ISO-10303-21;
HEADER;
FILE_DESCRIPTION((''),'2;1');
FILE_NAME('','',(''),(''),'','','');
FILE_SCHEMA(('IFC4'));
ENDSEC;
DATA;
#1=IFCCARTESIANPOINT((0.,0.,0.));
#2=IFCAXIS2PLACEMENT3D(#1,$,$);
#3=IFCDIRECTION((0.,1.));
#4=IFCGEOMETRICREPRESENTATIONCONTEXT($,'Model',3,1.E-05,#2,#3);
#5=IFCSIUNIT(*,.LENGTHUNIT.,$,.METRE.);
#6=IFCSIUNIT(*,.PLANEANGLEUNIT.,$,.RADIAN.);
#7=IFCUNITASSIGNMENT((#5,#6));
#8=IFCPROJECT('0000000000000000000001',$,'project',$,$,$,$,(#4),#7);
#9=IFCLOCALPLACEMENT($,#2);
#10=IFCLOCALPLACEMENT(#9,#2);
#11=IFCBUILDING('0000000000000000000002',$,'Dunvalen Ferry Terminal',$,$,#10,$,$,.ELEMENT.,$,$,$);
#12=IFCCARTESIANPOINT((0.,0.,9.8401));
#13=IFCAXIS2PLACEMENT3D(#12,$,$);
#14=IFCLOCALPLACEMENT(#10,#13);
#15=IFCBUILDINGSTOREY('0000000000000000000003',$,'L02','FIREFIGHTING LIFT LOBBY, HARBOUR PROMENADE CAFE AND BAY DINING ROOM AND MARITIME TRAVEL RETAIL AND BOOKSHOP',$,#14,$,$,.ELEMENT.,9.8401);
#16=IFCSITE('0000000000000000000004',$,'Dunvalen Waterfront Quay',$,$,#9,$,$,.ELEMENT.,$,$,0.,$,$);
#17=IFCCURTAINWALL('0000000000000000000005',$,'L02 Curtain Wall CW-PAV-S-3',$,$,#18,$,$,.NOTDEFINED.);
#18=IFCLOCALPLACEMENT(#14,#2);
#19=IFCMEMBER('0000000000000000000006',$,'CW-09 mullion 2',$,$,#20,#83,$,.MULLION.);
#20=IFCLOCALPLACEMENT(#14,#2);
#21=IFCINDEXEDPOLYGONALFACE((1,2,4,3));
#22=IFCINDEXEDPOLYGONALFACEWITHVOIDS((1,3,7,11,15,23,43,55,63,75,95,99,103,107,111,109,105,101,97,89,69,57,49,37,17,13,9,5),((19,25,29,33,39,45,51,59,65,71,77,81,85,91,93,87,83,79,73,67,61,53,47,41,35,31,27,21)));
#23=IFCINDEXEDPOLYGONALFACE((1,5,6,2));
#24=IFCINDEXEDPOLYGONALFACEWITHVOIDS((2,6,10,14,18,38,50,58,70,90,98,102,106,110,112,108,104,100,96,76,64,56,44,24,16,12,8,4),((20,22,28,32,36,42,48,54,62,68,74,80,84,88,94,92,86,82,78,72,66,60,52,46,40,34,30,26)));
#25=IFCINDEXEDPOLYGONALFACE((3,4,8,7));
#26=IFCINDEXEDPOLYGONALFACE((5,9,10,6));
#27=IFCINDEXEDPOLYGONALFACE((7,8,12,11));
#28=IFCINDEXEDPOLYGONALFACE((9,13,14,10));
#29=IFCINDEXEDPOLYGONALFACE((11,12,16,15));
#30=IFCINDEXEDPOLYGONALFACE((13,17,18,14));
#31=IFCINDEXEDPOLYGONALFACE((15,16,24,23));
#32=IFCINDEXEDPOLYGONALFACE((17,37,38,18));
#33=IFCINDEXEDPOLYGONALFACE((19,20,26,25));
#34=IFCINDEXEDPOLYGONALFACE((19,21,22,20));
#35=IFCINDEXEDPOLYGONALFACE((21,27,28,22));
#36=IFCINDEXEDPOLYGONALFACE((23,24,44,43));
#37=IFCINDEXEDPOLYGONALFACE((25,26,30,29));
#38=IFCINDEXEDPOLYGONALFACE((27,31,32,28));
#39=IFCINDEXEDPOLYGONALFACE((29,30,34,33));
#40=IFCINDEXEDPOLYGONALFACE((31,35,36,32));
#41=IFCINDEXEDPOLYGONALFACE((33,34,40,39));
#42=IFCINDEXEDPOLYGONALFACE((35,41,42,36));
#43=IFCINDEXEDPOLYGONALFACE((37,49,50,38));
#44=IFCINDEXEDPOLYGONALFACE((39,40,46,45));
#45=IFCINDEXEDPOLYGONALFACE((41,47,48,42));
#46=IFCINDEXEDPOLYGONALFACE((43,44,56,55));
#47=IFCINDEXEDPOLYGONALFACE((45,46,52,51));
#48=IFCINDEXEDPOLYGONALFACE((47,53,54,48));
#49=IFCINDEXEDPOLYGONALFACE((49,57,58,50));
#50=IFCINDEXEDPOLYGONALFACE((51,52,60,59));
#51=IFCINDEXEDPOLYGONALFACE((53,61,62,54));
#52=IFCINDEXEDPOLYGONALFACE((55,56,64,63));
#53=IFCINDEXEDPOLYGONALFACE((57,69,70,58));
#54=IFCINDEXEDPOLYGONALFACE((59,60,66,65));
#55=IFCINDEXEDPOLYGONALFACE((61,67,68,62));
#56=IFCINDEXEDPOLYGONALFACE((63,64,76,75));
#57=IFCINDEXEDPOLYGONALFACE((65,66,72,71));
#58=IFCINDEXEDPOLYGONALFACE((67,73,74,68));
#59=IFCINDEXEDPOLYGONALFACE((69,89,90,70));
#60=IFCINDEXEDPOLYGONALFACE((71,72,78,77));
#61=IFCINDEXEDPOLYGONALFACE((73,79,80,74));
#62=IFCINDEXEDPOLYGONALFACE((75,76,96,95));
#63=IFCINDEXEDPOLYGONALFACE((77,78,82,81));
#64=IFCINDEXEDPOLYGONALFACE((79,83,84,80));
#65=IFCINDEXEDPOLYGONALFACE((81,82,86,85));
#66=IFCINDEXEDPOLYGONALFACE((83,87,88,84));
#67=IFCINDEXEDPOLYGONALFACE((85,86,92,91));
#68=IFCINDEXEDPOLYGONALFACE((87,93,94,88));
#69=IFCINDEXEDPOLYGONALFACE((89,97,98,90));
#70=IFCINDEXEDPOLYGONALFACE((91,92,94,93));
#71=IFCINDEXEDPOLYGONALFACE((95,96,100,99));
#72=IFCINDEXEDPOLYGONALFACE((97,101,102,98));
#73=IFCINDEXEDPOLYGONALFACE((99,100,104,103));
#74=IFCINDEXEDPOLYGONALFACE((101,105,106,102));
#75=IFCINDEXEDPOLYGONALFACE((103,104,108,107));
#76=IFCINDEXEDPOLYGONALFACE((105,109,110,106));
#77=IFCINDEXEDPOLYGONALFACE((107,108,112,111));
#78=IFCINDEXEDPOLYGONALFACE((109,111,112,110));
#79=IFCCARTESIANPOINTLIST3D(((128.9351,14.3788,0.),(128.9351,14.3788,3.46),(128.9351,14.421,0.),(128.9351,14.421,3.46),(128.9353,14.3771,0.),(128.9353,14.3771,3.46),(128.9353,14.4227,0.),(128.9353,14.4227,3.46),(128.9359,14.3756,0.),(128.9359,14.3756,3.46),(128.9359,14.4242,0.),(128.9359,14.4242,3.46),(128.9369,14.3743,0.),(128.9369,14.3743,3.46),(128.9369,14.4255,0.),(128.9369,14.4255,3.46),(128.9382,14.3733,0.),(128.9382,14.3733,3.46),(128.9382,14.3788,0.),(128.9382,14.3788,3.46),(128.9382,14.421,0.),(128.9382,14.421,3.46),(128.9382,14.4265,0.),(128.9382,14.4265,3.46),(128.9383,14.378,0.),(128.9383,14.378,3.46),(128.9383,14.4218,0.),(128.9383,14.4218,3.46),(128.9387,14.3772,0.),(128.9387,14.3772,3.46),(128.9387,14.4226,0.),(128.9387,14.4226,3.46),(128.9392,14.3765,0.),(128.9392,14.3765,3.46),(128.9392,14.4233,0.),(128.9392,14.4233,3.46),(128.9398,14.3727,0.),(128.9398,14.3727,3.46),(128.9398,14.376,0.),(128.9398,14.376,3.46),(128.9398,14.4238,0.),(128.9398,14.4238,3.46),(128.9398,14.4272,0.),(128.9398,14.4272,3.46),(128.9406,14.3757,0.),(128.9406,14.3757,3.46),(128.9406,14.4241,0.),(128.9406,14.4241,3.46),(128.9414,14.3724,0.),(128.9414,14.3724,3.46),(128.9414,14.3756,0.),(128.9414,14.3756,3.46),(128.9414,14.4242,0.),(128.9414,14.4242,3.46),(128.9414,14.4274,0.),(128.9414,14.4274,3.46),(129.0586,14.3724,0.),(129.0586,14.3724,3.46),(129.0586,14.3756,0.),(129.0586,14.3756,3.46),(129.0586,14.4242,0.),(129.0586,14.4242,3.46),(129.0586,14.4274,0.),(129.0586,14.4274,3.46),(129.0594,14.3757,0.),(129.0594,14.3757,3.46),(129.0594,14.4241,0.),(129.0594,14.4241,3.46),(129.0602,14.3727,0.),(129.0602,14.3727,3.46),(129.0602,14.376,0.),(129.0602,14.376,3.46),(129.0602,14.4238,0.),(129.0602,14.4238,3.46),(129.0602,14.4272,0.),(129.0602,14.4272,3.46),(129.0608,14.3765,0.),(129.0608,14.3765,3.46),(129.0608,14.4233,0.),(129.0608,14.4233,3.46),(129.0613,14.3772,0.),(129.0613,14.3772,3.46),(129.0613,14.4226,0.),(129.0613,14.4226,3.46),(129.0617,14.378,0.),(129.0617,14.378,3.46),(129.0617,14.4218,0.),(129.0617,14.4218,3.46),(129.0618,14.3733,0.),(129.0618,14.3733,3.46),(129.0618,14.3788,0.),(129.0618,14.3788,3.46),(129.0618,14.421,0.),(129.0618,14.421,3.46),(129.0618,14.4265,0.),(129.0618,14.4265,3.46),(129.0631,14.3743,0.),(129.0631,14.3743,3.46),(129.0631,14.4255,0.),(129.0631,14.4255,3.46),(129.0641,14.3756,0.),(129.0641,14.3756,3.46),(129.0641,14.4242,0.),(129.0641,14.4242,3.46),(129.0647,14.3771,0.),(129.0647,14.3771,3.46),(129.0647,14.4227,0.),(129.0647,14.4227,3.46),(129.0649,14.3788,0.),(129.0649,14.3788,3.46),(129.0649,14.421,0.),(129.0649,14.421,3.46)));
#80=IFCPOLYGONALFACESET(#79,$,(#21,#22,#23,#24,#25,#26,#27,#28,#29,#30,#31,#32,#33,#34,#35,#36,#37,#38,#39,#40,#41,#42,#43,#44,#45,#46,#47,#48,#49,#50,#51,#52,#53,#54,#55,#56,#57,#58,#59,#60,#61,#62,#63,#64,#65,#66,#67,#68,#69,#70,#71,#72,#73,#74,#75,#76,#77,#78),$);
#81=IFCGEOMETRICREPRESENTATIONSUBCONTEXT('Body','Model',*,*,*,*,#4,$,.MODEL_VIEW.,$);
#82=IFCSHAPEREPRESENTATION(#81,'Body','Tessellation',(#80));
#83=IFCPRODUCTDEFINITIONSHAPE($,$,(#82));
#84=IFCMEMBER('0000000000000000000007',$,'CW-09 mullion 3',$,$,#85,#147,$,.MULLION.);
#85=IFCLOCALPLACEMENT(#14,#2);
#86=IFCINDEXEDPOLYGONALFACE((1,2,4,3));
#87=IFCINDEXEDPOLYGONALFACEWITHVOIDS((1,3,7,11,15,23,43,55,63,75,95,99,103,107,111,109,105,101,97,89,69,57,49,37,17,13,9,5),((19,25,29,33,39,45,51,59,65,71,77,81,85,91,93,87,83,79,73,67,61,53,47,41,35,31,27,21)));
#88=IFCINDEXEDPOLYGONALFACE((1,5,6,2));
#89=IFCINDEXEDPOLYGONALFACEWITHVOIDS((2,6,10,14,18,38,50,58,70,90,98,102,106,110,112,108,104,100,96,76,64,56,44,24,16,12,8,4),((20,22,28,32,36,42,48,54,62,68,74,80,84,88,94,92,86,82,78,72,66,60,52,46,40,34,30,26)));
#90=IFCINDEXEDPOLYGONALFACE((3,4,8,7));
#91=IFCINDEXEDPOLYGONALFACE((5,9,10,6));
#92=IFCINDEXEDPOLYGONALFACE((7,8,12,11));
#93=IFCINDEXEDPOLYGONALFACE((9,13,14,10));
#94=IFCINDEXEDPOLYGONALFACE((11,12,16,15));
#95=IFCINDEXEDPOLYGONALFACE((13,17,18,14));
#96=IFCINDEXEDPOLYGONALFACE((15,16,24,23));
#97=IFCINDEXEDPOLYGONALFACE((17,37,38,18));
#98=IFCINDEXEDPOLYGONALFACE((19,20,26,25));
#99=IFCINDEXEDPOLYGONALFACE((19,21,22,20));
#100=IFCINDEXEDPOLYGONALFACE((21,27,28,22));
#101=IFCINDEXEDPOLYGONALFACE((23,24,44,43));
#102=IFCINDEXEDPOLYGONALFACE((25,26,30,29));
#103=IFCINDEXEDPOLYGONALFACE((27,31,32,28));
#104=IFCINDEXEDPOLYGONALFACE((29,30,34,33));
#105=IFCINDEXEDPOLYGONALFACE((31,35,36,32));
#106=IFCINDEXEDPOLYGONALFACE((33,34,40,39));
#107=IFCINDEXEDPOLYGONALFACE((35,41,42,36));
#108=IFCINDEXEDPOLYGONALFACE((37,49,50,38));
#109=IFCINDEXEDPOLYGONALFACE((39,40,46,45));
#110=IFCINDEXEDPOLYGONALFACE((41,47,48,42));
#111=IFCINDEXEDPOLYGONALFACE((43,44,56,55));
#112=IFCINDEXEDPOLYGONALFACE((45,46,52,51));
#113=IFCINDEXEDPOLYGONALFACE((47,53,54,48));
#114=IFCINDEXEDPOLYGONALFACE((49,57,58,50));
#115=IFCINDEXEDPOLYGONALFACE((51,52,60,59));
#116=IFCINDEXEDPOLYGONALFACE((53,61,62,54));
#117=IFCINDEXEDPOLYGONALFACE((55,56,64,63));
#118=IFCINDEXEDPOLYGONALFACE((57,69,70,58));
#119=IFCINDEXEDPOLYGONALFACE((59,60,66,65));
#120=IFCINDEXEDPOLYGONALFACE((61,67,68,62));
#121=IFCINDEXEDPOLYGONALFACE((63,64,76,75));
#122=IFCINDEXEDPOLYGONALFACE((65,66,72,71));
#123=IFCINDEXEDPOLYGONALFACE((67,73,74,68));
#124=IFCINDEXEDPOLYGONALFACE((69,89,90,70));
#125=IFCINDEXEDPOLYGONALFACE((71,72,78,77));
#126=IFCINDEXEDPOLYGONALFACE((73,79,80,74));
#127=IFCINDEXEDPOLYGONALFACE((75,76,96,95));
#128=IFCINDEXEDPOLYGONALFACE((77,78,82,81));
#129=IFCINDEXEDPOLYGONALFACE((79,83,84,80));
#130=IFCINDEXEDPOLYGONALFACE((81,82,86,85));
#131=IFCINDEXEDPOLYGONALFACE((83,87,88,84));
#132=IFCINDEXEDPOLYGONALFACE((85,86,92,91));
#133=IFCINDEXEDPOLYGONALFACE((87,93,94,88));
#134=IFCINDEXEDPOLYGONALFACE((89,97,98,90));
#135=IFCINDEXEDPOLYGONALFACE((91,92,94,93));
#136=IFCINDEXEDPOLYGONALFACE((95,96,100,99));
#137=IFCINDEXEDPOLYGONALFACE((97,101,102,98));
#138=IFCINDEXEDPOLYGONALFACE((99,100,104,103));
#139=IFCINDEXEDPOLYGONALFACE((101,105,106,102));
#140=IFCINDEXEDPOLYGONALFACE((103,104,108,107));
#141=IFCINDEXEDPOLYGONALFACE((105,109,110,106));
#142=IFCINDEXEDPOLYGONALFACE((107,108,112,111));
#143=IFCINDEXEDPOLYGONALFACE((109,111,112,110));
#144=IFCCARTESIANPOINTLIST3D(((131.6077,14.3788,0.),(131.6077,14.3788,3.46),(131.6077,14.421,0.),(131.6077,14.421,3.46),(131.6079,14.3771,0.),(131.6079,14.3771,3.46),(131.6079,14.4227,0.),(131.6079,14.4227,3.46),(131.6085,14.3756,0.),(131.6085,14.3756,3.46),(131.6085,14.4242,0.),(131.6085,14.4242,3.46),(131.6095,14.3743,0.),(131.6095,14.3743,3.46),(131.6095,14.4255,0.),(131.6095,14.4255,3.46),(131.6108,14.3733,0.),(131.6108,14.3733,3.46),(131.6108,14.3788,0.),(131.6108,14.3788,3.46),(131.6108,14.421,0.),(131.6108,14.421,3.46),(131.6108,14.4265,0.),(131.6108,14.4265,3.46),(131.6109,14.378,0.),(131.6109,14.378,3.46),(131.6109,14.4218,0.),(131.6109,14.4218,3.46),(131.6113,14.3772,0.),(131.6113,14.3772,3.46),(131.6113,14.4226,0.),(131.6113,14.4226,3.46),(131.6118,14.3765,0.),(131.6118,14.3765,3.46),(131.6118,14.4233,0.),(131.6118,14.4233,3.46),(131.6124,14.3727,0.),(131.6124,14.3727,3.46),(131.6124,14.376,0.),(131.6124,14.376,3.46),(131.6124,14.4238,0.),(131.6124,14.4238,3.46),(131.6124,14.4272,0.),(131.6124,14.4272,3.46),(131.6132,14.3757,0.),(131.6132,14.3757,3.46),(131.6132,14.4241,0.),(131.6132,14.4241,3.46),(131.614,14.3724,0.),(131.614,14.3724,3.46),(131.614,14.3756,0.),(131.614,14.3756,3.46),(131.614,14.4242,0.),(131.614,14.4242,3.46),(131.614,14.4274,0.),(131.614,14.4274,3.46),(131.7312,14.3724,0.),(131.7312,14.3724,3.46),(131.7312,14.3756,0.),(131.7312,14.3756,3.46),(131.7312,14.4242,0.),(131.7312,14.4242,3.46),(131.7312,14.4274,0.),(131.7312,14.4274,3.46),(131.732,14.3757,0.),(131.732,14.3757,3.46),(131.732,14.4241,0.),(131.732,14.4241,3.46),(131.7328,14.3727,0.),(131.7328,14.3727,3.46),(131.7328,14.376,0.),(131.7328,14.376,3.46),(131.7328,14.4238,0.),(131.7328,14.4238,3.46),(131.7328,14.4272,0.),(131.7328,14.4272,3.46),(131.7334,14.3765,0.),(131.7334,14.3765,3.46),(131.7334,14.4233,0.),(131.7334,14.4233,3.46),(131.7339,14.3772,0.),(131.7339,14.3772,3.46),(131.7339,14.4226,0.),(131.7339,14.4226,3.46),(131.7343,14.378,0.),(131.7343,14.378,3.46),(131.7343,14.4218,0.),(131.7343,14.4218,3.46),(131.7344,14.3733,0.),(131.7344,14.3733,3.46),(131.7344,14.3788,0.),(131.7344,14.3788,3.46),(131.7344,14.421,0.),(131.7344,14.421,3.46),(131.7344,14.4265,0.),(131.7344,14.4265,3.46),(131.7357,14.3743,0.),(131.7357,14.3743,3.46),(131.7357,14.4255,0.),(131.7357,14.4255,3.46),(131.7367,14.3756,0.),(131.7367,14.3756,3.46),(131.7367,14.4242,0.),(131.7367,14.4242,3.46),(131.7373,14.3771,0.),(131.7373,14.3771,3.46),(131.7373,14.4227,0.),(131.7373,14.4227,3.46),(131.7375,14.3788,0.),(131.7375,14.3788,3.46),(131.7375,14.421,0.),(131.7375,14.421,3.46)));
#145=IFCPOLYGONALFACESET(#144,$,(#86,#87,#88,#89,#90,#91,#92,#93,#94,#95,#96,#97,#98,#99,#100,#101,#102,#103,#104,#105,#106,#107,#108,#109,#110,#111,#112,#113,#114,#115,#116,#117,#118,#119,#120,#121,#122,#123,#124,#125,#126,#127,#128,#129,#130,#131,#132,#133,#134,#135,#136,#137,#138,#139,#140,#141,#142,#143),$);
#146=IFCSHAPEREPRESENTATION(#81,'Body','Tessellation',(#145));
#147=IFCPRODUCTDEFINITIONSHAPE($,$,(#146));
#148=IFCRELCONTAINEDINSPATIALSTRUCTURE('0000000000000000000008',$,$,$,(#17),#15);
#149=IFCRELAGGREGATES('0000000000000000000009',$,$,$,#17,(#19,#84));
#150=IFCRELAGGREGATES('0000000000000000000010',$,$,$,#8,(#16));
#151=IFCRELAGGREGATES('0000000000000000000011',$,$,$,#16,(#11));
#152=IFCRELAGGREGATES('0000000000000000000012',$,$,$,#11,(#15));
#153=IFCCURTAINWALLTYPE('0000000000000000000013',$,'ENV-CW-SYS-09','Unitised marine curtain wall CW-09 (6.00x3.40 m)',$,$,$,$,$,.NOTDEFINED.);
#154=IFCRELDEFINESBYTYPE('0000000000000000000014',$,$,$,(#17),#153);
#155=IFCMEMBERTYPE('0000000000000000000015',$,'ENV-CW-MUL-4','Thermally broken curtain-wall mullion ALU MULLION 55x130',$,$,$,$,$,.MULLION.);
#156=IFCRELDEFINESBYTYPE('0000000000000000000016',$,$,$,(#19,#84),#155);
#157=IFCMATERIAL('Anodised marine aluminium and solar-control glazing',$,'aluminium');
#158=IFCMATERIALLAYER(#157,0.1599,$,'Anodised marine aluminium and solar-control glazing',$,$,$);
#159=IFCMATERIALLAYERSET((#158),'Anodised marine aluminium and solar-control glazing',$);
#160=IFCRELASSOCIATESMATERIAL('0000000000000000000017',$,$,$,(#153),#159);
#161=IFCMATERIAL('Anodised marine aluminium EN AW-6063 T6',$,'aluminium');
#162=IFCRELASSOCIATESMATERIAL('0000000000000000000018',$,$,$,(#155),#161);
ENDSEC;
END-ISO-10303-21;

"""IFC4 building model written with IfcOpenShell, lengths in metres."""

from ifc_helpers import new_model, si_unit, direction, frame, origin, origin_2d, place, context, subcontext, project, spatial, hollow_rectangle, extrude, material, layer, layer_set, material_profile, profile_set, type_object, element, aggregate, save


model = new_model("IFC4")

# Units and contexts
model_context = context("Model", 3, precision=1e-05, world=origin(), true_north=direction((0.0, 1.0)))
body_context = subcontext(model_context, "Body", "Model", "MODEL_VIEW")
ifc_project = project(units=[si_unit("LENGTHUNIT", "METRE"), si_unit("PLANEANGLEUNIT", "RADIAN")], contexts=[model_context])

# Site, building, storey
site_placement = place(None, origin())
site = spatial("IfcSite", under=ifc_project, at=site_placement, Name="Dunvalen Waterfront Quay", CompositionType="ELEMENT", RefElevation=0.0)
building_placement = place(site_placement, origin())
building = spatial("IfcBuilding", under=site, at=building_placement, Name="Dunvalen Ferry Terminal", CompositionType="ELEMENT")
storey_placement = place(building_placement, frame((0.0, 0.0, 9.8401)))
storey = spatial("IfcBuildingStorey", under=building, at=storey_placement, Name="L02", Description="FIREFIGHTING LIFT LOBBY, HARBOUR PROMENADE CAFE AND BAY DINING ROOM AND MARITIME TRAVEL RETAIL AND BOOKSHOP", CompositionType="ELEMENT", Elevation=9.8401)

# Curtain wall, members
ifc_material_1 = material(Name="Anodised marine aluminium and solar-control glazing", Category="aluminium")
ifc_layer_1 = layer(ifc_material_1, 0.1599, Name="Anodised marine aluminium and solar-control glazing")
ifc_layer_set_1 = layer_set([ifc_layer_1], Name="Anodised marine aluminium and solar-control glazing")
curtain_wall_type = type_object("IfcCurtainWallType", Name="ENV-CW-SYS-09", Description="Unitised marine curtain wall CW-09 (6.00x3.40 m)", PredefinedType="NOTDEFINED", material=ifc_layer_set_1)
curtain_wall_placement = place(storey_placement, origin())
curtain_wall = element("IfcCurtainWall", 1, at=curtain_wall_placement, inside=storey, type_object=curtain_wall_type, Name="L02 Curtain Wall CW-PAV-S-3", PredefinedType="NOTDEFINED")
ifc_material_2 = material(Name="Anodised marine aluminium EN AW-6063 T6", Category="aluminium")
ifc_material_profile_1 = material_profile(ifc_material_2, hollow_rectangle(XDim=0.0549, YDim=0.1299, WallThickness=0.0032, InnerFilletRadius=0.0032, OuterFilletRadius=0.0063, at=origin_2d()), Name="Anodised marine aluminium EN AW-6063 T6")
ifc_profile_set_1 = profile_set([ifc_material_profile_1], Name="Anodised marine aluminium EN AW-6063 T6")
member_type_1 = type_object("IfcMemberType", Name="ENV-CW-MUL-4", Description="Thermally broken curtain-wall mullion ALU MULLION 55x130", PredefinedType="MULLION", material=ifc_profile_set_1)
member_1_placement = place(storey_placement, frame((129.0, 14.3999, 0.0), z_axis=(0.0, 0.0, 1.0), x_axis=(0.0, 1.0, 0.0)))
member_1 = element("IfcMember", 2, at=member_1_placement, type_object=member_type_1, Name="CW-09 mullion 2", PredefinedType="MULLION", context=body_context, shape_type="SweptSolid", body=[
    extrude(hollow_rectangle(XDim=0.0549, YDim=0.1299, WallThickness=0.0032, InnerFilletRadius=0.0032, OuterFilletRadius=0.0063, at=origin_2d()), origin(), (0.0, 0.0, 1.0), 3.46),
])
member_2_placement = place(storey_placement, frame((131.6726, 14.3999, 0.0), z_axis=(0.0, 0.0, 1.0), x_axis=(0.0, 1.0, 0.0)))
member_2 = element("IfcMember", 3, at=member_2_placement, type_object=member_type_1, Name="CW-09 mullion 3", PredefinedType="MULLION", context=body_context, shape_type="SweptSolid", body=[
    extrude(hollow_rectangle(XDim=0.0549, YDim=0.1299, WallThickness=0.0032, InnerFilletRadius=0.0032, OuterFilletRadius=0.0063, at=origin_2d()), origin(), (0.0, 0.0, 1.0), 3.46),
])

aggregate(curtain_wall, [member_1, member_2])

save(model, "model.ifc")
